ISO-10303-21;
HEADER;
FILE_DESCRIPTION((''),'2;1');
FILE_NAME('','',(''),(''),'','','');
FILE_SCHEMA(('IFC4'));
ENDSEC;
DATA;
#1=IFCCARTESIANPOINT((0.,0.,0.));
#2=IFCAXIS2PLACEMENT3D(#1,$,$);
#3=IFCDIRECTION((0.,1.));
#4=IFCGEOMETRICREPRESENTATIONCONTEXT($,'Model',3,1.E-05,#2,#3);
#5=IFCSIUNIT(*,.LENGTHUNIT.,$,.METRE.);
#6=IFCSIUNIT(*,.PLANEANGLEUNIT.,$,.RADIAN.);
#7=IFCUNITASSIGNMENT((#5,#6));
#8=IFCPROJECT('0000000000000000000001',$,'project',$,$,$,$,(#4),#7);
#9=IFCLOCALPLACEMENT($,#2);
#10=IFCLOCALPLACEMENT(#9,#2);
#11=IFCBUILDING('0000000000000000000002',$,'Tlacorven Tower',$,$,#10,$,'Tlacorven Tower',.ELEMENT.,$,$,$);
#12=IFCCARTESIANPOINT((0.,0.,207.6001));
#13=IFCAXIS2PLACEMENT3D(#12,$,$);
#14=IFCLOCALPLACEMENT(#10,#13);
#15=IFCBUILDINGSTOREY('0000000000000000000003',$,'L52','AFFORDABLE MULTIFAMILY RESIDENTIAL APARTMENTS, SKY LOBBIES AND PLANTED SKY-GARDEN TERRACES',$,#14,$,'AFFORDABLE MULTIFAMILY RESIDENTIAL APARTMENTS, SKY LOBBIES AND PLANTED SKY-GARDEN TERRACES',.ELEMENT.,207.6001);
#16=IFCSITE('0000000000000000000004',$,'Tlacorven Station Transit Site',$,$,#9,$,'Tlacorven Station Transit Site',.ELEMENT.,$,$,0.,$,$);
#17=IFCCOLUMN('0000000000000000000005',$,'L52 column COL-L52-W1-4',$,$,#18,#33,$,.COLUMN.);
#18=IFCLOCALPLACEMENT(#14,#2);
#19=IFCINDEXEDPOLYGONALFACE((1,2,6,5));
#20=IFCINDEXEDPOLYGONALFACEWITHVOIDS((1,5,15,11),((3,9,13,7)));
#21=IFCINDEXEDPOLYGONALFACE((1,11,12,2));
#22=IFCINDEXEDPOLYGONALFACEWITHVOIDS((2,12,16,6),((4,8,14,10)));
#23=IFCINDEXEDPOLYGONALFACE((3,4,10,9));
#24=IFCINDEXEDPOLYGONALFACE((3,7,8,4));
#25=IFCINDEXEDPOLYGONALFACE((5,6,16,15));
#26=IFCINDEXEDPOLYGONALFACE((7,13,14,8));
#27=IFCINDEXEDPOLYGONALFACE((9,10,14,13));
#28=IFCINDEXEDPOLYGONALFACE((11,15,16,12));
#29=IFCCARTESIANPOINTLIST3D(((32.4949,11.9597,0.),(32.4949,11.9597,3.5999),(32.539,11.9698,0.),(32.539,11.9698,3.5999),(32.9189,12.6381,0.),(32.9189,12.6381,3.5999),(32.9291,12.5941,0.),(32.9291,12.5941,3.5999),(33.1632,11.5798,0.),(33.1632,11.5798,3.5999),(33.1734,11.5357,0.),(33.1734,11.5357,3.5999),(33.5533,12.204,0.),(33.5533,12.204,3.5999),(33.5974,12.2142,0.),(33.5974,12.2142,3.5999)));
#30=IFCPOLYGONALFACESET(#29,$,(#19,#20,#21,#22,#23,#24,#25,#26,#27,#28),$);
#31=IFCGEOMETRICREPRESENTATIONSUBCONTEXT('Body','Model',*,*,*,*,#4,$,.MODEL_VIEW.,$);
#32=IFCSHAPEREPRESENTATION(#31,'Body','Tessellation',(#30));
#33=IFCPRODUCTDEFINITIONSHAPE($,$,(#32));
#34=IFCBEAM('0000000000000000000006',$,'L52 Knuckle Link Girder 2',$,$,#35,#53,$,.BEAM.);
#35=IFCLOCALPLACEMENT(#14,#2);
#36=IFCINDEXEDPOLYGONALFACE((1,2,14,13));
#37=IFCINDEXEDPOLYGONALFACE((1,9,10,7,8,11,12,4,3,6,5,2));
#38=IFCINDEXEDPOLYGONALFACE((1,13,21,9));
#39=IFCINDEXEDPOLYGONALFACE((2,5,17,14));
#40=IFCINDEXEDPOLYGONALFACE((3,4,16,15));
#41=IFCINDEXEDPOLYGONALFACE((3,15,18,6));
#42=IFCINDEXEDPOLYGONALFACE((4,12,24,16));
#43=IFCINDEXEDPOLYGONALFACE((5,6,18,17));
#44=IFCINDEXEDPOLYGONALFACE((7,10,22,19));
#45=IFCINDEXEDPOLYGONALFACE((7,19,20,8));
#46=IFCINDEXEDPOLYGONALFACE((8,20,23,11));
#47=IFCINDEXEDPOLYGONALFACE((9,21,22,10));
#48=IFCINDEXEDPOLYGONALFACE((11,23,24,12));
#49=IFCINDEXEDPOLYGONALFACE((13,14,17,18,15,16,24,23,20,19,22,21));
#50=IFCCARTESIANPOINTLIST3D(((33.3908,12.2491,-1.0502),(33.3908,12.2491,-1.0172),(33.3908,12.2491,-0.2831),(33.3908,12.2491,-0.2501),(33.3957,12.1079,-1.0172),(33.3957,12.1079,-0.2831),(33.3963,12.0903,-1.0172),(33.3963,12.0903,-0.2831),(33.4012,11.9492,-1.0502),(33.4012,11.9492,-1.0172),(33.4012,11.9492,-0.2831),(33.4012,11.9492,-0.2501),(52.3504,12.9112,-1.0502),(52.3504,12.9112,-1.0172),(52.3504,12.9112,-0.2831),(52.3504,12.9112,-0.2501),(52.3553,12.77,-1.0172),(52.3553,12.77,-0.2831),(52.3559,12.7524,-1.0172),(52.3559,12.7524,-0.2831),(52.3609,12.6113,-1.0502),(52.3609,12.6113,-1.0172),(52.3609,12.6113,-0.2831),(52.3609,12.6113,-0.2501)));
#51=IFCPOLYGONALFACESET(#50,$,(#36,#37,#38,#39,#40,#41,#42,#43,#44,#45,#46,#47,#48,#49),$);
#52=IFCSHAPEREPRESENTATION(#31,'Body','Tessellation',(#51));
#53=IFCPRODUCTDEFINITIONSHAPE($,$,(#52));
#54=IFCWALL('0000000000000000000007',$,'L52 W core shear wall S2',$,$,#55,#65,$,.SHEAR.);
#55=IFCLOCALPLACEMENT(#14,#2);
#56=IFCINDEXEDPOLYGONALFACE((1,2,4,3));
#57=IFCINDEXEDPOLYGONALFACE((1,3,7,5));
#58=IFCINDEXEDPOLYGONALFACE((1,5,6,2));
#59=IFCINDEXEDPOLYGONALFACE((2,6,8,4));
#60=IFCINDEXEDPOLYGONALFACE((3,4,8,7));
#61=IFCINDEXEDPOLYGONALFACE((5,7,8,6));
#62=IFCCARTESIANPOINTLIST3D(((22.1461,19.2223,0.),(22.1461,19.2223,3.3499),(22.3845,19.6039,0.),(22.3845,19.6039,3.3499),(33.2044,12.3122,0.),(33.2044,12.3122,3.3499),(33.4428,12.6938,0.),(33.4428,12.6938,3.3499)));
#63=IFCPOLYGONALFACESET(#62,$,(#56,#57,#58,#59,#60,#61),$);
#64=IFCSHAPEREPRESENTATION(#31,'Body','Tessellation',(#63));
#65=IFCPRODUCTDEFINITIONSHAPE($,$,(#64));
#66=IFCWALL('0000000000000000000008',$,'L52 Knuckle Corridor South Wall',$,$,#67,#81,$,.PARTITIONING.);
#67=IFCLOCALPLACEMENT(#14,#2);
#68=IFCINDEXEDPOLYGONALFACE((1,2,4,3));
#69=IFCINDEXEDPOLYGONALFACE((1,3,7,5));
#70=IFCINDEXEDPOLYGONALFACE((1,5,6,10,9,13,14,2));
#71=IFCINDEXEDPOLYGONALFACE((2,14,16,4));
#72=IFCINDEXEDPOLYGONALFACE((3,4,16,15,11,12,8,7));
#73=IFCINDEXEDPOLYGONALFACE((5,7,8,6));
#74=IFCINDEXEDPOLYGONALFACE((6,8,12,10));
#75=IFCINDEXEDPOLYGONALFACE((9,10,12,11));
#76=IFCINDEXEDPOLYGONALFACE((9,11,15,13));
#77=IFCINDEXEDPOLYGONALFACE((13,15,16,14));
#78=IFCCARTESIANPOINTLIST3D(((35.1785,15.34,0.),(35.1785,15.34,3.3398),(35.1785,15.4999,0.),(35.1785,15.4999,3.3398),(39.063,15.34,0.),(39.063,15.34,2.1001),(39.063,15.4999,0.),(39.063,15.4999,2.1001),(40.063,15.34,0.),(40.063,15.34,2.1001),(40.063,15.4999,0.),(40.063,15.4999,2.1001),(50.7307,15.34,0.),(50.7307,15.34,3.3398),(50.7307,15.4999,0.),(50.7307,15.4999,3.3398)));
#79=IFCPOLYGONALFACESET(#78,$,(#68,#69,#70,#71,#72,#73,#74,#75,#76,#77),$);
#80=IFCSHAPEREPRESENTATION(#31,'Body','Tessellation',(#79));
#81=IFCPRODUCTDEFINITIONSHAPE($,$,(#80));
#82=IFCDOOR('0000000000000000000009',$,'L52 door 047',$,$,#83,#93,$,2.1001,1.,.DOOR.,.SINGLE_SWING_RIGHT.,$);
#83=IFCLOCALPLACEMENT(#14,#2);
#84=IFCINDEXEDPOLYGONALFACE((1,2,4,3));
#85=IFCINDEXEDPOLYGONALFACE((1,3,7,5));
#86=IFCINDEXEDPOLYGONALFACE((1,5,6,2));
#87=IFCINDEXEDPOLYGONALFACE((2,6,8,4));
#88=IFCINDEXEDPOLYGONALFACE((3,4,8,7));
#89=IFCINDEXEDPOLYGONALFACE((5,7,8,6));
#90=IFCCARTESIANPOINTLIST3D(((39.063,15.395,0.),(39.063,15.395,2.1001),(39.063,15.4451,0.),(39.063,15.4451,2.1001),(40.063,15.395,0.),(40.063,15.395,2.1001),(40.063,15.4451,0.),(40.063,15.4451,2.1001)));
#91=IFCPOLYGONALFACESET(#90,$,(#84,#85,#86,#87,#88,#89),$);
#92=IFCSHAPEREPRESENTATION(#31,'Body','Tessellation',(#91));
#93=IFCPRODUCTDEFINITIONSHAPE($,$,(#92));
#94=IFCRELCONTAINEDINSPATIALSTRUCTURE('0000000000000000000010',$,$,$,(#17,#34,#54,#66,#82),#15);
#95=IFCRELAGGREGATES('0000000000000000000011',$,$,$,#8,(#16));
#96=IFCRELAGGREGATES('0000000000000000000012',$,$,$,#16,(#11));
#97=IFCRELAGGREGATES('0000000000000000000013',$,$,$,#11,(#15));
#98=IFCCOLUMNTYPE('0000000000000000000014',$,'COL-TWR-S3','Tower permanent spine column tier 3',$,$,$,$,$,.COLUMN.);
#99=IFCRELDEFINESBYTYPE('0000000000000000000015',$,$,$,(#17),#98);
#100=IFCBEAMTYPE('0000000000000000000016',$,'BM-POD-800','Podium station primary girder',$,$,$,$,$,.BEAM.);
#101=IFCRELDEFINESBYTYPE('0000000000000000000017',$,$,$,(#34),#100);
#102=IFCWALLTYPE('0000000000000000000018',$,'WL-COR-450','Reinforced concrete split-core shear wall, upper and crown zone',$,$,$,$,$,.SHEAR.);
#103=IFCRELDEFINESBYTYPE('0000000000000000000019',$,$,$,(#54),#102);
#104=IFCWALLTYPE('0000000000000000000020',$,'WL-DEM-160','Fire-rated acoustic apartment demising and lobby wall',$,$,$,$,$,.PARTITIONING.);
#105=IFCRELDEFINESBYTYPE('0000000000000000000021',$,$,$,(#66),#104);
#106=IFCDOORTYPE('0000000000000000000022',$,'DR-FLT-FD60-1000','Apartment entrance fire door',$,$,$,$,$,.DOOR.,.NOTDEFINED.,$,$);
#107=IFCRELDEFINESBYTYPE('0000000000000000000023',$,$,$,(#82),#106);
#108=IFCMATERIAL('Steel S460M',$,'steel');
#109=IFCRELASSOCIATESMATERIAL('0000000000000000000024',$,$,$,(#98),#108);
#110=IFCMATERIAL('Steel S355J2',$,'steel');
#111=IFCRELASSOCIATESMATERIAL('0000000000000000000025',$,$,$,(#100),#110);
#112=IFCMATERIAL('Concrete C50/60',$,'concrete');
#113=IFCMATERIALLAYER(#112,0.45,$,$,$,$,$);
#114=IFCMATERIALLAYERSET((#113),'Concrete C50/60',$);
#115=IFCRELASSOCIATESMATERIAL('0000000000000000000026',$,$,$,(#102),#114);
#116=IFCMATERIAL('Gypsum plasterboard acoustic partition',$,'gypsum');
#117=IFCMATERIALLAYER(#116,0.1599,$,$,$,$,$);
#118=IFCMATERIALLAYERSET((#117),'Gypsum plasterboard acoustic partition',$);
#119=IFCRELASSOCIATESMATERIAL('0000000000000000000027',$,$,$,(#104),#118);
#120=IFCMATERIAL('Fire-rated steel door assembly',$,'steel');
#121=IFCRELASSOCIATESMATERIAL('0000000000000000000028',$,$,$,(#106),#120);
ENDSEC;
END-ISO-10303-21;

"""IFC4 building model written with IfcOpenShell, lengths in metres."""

from ifc_helpers import new_model, si_unit, direction, frame, frame_2d, origin, origin_2d, place, context, subcontext, project, spatial, rectangle, hollow_rectangle, i_section, extrude, source, transform, mapped, material, layer, layer_set, material_profile, profile_set, type_object, element, fill, save


model = new_model("IFC4")

# Units and contexts
model_context = context("Model", 3, precision=1e-05, world=origin(), true_north=direction((0.0, 1.0)))
body_context = subcontext(model_context, "Body", "Model", "MODEL_VIEW")
ifc_project = project(units=[si_unit("LENGTHUNIT", "METRE"), si_unit("PLANEANGLEUNIT", "RADIAN")], contexts=[model_context])

# Site, building, storey
site_placement = place(None, origin())
site = spatial("IfcSite", under=ifc_project, at=site_placement, Name="Tlacorven Station Transit Site", LongName="Tlacorven Station Transit Site", CompositionType="ELEMENT", RefElevation=0.0)
building_placement = place(site_placement, origin())
building = spatial("IfcBuilding", under=site, at=building_placement, Name="Tlacorven Tower", LongName="Tlacorven Tower", CompositionType="ELEMENT")
storey_placement = place(building_placement, frame((0.0, 0.0, 207.6001)))
storey = spatial("IfcBuildingStorey", under=building, at=storey_placement, Name="L52", Description="AFFORDABLE MULTIFAMILY RESIDENTIAL APARTMENTS, SKY LOBBIES AND PLANTED SKY-GARDEN TERRACES", LongName="AFFORDABLE MULTIFAMILY RESIDENTIAL APARTMENTS, SKY LOBBIES AND PLANTED SKY-GARDEN TERRACES", CompositionType="ELEMENT", Elevation=207.6001)

# Column
ifc_material_1 = material(Name="Steel S460M", Category="steel")
ifc_material_profile_1 = material_profile(ifc_material_1, hollow_rectangle(XDim=0.8, YDim=0.8, WallThickness=0.032, at=origin_2d()), Name="BOX 800X800X32")
ifc_profile_set_1 = profile_set([ifc_material_profile_1], Name="Steel S460M")
column_type = type_object("IfcColumnType", Name="COL-TWR-S3", Description="Tower permanent spine column tier 3", PredefinedType="COLUMN", material=ifc_profile_set_1)
shared_shape_1 = source(origin(), body_context, "Body", "SweptSolid", [
    extrude(hollow_rectangle(XDim=0.8, YDim=0.8, WallThickness=0.032, at=origin_2d()), origin(), (0.0, 0.0, 1.0), 3.5999),
])
column_placement = place(storey_placement, frame((33.0461, 12.0869, 0.0), z_axis=(0.0, 0.0, 1.0), x_axis=(-0.848048, 0.529919, 0.0)))
element("IfcColumn", 1, at=column_placement, inside=storey, type_object=column_type, Name="L52 column COL-L52-W1-4", PredefinedType="COLUMN", context=body_context, shape_type="MappedRepresentation", body=[
    mapped(shared_shape_1, transform((0.0, 0.0, 0.0), scale=1.0)),
])

# Beam
ifc_material_2 = material(Name="Steel S355J2", Category="steel")
ifc_material_profile_2 = material_profile(ifc_material_2, i_section(OverallWidth=0.3, OverallDepth=0.8, WebThickness=0.0176, FlangeThickness=0.033, at=origin_2d()), Name="HEB 800")
ifc_profile_set_2 = profile_set([ifc_material_profile_2], Name="Steel S355J2")
beam_type = type_object("IfcBeamType", Name="BM-POD-800", Description="Podium station primary girder", PredefinedType="BEAM", material=ifc_profile_set_2)
shared_shape_2 = source(origin(), body_context, "Body", "SweptSolid", [
    extrude(i_section(OverallWidth=0.3, OverallDepth=0.8, WebThickness=0.0176, FlangeThickness=0.033, at=origin_2d()), origin(), (0.0, 0.0, 1.0), 18.9712),
])
beam_placement = place(storey_placement, frame((33.396, 12.0991, -0.6501), z_axis=(0.999391, 0.034901, 0.0), x_axis=(-0.034901, 0.999391, 0.0)))
element("IfcBeam", 2, at=beam_placement, inside=storey, type_object=beam_type, Name="L52 Knuckle Link Girder 2", PredefinedType="BEAM", context=body_context, shape_type="MappedRepresentation", body=[
    mapped(shared_shape_2, transform((0.0, 0.0, 0.0), scale=1.0)),
])

# Wall
ifc_material_3 = material(Name="Concrete C50/60", Category="concrete")
ifc_layer_1 = layer(ifc_material_3, 0.45)
ifc_layer_set_1 = layer_set([ifc_layer_1], Name="Concrete C50/60")
wall_type_1 = type_object("IfcWallType", Name="WL-COR-450", Description="Reinforced concrete split-core shear wall, upper and crown zone", PredefinedType="SHEAR", material=ifc_layer_set_1)
wall_1_placement = place(storey_placement, frame((33.3237, 12.5029, 0.0), z_axis=(0.0, 0.0, 1.0), x_axis=(-0.848044, 0.529927, 0.0)))
element("IfcWall", 3, at=wall_1_placement, inside=storey, type_object=wall_type_1, Name="L52 W core shear wall S2", PredefinedType="SHEAR", context=body_context, shape_type="SweptSolid", body=[
    extrude(rectangle(XDim=13.0398, YDim=0.45, at=frame_2d((6.52, 0.0))), origin(), (0.0, 0.0, 1.0), 3.3499),
])

# Wall, opening, door
ifc_material_4 = material(Name="Gypsum plasterboard acoustic partition", Category="gypsum")
ifc_layer_2 = layer(ifc_material_4, 0.1599)
ifc_layer_set_2 = layer_set([ifc_layer_2], Name="Gypsum plasterboard acoustic partition")
wall_type_2 = type_object("IfcWallType", Name="WL-DEM-160", Description="Fire-rated acoustic apartment demising and lobby wall", PredefinedType="PARTITIONING", material=ifc_layer_set_2)
wall_2_placement = place(storey_placement, frame((35.1785, 15.4199, 0.0), z_axis=(0.0, 0.0, 1.0), x_axis=(1.0, 0.0, 0.0)))
wall_2 = element("IfcWall", 4, at=wall_2_placement, inside=storey, type_object=wall_type_2, Name="L52 Knuckle Corridor South Wall", PredefinedType="PARTITIONING", context=body_context, shape_type="SweptSolid", body=[
    extrude(rectangle(XDim=15.5522, YDim=0.1599, at=frame_2d((7.7761, 0.0))), origin(), (0.0, 0.0, 1.0), 3.3398),
])
opening_1_placement = place(wall_2_placement, frame((3.8845, 0.0, 0.0)))
opening_1 = element("IfcOpeningElement", 5, at=opening_1_placement, cuts=wall_2, PredefinedType="OPENING", context=body_context, shape_type="SweptSolid", body=[
    extrude(rectangle(XDim=1.0, YDim=2.1001, at=frame_2d((0.5, 1.05))), frame((0.0, 0.0898, 0.0), z_axis=(0.0, -1.0, 0.0), x_axis=(1.0, 0.0, 0.0)), (0.0, 0.0, 1.0), 0.1799),
])
ifc_material_5 = material(Name="Fire-rated steel door assembly", Category="steel")
door_type_1 = type_object("IfcDoorType", Name="DR-FLT-FD60-1000", Description="Apartment entrance fire door", OperationType="NOTDEFINED", PredefinedType="DOOR", material=ifc_material_5)
shared_shape_3 = source(origin(), body_context, "Body", "SweptSolid", [
    extrude(rectangle(XDim=1.0, YDim=2.1001, at=frame_2d((0.5, 1.05))), frame((0.0, 0.0249, 0.0), z_axis=(0.0, -1.0, 0.0), x_axis=(1.0, 0.0, 0.0)), (0.0, 0.0, 1.0), 0.05),
])
door_1_placement = place(opening_1_placement, frame((1.0, 0.0, 0.0), z_axis=(0.0, 0.0, 1.0), x_axis=(-1.0, 0.0, 0.0)))
door_1 = element("IfcDoor", 6, at=door_1_placement, inside=storey, type_object=door_type_1, Name="L52 door 047", OperationType="SINGLE_SWING_RIGHT", OverallHeight=2.1001, OverallWidth=1.0, PredefinedType="DOOR", context=body_context, shape_type="MappedRepresentation", body=[
    mapped(shared_shape_3, transform((0.0, 0.0, 0.0), scale=1.0)),
])
fill(opening_1, door_1)

save(model, "model.ifc")
